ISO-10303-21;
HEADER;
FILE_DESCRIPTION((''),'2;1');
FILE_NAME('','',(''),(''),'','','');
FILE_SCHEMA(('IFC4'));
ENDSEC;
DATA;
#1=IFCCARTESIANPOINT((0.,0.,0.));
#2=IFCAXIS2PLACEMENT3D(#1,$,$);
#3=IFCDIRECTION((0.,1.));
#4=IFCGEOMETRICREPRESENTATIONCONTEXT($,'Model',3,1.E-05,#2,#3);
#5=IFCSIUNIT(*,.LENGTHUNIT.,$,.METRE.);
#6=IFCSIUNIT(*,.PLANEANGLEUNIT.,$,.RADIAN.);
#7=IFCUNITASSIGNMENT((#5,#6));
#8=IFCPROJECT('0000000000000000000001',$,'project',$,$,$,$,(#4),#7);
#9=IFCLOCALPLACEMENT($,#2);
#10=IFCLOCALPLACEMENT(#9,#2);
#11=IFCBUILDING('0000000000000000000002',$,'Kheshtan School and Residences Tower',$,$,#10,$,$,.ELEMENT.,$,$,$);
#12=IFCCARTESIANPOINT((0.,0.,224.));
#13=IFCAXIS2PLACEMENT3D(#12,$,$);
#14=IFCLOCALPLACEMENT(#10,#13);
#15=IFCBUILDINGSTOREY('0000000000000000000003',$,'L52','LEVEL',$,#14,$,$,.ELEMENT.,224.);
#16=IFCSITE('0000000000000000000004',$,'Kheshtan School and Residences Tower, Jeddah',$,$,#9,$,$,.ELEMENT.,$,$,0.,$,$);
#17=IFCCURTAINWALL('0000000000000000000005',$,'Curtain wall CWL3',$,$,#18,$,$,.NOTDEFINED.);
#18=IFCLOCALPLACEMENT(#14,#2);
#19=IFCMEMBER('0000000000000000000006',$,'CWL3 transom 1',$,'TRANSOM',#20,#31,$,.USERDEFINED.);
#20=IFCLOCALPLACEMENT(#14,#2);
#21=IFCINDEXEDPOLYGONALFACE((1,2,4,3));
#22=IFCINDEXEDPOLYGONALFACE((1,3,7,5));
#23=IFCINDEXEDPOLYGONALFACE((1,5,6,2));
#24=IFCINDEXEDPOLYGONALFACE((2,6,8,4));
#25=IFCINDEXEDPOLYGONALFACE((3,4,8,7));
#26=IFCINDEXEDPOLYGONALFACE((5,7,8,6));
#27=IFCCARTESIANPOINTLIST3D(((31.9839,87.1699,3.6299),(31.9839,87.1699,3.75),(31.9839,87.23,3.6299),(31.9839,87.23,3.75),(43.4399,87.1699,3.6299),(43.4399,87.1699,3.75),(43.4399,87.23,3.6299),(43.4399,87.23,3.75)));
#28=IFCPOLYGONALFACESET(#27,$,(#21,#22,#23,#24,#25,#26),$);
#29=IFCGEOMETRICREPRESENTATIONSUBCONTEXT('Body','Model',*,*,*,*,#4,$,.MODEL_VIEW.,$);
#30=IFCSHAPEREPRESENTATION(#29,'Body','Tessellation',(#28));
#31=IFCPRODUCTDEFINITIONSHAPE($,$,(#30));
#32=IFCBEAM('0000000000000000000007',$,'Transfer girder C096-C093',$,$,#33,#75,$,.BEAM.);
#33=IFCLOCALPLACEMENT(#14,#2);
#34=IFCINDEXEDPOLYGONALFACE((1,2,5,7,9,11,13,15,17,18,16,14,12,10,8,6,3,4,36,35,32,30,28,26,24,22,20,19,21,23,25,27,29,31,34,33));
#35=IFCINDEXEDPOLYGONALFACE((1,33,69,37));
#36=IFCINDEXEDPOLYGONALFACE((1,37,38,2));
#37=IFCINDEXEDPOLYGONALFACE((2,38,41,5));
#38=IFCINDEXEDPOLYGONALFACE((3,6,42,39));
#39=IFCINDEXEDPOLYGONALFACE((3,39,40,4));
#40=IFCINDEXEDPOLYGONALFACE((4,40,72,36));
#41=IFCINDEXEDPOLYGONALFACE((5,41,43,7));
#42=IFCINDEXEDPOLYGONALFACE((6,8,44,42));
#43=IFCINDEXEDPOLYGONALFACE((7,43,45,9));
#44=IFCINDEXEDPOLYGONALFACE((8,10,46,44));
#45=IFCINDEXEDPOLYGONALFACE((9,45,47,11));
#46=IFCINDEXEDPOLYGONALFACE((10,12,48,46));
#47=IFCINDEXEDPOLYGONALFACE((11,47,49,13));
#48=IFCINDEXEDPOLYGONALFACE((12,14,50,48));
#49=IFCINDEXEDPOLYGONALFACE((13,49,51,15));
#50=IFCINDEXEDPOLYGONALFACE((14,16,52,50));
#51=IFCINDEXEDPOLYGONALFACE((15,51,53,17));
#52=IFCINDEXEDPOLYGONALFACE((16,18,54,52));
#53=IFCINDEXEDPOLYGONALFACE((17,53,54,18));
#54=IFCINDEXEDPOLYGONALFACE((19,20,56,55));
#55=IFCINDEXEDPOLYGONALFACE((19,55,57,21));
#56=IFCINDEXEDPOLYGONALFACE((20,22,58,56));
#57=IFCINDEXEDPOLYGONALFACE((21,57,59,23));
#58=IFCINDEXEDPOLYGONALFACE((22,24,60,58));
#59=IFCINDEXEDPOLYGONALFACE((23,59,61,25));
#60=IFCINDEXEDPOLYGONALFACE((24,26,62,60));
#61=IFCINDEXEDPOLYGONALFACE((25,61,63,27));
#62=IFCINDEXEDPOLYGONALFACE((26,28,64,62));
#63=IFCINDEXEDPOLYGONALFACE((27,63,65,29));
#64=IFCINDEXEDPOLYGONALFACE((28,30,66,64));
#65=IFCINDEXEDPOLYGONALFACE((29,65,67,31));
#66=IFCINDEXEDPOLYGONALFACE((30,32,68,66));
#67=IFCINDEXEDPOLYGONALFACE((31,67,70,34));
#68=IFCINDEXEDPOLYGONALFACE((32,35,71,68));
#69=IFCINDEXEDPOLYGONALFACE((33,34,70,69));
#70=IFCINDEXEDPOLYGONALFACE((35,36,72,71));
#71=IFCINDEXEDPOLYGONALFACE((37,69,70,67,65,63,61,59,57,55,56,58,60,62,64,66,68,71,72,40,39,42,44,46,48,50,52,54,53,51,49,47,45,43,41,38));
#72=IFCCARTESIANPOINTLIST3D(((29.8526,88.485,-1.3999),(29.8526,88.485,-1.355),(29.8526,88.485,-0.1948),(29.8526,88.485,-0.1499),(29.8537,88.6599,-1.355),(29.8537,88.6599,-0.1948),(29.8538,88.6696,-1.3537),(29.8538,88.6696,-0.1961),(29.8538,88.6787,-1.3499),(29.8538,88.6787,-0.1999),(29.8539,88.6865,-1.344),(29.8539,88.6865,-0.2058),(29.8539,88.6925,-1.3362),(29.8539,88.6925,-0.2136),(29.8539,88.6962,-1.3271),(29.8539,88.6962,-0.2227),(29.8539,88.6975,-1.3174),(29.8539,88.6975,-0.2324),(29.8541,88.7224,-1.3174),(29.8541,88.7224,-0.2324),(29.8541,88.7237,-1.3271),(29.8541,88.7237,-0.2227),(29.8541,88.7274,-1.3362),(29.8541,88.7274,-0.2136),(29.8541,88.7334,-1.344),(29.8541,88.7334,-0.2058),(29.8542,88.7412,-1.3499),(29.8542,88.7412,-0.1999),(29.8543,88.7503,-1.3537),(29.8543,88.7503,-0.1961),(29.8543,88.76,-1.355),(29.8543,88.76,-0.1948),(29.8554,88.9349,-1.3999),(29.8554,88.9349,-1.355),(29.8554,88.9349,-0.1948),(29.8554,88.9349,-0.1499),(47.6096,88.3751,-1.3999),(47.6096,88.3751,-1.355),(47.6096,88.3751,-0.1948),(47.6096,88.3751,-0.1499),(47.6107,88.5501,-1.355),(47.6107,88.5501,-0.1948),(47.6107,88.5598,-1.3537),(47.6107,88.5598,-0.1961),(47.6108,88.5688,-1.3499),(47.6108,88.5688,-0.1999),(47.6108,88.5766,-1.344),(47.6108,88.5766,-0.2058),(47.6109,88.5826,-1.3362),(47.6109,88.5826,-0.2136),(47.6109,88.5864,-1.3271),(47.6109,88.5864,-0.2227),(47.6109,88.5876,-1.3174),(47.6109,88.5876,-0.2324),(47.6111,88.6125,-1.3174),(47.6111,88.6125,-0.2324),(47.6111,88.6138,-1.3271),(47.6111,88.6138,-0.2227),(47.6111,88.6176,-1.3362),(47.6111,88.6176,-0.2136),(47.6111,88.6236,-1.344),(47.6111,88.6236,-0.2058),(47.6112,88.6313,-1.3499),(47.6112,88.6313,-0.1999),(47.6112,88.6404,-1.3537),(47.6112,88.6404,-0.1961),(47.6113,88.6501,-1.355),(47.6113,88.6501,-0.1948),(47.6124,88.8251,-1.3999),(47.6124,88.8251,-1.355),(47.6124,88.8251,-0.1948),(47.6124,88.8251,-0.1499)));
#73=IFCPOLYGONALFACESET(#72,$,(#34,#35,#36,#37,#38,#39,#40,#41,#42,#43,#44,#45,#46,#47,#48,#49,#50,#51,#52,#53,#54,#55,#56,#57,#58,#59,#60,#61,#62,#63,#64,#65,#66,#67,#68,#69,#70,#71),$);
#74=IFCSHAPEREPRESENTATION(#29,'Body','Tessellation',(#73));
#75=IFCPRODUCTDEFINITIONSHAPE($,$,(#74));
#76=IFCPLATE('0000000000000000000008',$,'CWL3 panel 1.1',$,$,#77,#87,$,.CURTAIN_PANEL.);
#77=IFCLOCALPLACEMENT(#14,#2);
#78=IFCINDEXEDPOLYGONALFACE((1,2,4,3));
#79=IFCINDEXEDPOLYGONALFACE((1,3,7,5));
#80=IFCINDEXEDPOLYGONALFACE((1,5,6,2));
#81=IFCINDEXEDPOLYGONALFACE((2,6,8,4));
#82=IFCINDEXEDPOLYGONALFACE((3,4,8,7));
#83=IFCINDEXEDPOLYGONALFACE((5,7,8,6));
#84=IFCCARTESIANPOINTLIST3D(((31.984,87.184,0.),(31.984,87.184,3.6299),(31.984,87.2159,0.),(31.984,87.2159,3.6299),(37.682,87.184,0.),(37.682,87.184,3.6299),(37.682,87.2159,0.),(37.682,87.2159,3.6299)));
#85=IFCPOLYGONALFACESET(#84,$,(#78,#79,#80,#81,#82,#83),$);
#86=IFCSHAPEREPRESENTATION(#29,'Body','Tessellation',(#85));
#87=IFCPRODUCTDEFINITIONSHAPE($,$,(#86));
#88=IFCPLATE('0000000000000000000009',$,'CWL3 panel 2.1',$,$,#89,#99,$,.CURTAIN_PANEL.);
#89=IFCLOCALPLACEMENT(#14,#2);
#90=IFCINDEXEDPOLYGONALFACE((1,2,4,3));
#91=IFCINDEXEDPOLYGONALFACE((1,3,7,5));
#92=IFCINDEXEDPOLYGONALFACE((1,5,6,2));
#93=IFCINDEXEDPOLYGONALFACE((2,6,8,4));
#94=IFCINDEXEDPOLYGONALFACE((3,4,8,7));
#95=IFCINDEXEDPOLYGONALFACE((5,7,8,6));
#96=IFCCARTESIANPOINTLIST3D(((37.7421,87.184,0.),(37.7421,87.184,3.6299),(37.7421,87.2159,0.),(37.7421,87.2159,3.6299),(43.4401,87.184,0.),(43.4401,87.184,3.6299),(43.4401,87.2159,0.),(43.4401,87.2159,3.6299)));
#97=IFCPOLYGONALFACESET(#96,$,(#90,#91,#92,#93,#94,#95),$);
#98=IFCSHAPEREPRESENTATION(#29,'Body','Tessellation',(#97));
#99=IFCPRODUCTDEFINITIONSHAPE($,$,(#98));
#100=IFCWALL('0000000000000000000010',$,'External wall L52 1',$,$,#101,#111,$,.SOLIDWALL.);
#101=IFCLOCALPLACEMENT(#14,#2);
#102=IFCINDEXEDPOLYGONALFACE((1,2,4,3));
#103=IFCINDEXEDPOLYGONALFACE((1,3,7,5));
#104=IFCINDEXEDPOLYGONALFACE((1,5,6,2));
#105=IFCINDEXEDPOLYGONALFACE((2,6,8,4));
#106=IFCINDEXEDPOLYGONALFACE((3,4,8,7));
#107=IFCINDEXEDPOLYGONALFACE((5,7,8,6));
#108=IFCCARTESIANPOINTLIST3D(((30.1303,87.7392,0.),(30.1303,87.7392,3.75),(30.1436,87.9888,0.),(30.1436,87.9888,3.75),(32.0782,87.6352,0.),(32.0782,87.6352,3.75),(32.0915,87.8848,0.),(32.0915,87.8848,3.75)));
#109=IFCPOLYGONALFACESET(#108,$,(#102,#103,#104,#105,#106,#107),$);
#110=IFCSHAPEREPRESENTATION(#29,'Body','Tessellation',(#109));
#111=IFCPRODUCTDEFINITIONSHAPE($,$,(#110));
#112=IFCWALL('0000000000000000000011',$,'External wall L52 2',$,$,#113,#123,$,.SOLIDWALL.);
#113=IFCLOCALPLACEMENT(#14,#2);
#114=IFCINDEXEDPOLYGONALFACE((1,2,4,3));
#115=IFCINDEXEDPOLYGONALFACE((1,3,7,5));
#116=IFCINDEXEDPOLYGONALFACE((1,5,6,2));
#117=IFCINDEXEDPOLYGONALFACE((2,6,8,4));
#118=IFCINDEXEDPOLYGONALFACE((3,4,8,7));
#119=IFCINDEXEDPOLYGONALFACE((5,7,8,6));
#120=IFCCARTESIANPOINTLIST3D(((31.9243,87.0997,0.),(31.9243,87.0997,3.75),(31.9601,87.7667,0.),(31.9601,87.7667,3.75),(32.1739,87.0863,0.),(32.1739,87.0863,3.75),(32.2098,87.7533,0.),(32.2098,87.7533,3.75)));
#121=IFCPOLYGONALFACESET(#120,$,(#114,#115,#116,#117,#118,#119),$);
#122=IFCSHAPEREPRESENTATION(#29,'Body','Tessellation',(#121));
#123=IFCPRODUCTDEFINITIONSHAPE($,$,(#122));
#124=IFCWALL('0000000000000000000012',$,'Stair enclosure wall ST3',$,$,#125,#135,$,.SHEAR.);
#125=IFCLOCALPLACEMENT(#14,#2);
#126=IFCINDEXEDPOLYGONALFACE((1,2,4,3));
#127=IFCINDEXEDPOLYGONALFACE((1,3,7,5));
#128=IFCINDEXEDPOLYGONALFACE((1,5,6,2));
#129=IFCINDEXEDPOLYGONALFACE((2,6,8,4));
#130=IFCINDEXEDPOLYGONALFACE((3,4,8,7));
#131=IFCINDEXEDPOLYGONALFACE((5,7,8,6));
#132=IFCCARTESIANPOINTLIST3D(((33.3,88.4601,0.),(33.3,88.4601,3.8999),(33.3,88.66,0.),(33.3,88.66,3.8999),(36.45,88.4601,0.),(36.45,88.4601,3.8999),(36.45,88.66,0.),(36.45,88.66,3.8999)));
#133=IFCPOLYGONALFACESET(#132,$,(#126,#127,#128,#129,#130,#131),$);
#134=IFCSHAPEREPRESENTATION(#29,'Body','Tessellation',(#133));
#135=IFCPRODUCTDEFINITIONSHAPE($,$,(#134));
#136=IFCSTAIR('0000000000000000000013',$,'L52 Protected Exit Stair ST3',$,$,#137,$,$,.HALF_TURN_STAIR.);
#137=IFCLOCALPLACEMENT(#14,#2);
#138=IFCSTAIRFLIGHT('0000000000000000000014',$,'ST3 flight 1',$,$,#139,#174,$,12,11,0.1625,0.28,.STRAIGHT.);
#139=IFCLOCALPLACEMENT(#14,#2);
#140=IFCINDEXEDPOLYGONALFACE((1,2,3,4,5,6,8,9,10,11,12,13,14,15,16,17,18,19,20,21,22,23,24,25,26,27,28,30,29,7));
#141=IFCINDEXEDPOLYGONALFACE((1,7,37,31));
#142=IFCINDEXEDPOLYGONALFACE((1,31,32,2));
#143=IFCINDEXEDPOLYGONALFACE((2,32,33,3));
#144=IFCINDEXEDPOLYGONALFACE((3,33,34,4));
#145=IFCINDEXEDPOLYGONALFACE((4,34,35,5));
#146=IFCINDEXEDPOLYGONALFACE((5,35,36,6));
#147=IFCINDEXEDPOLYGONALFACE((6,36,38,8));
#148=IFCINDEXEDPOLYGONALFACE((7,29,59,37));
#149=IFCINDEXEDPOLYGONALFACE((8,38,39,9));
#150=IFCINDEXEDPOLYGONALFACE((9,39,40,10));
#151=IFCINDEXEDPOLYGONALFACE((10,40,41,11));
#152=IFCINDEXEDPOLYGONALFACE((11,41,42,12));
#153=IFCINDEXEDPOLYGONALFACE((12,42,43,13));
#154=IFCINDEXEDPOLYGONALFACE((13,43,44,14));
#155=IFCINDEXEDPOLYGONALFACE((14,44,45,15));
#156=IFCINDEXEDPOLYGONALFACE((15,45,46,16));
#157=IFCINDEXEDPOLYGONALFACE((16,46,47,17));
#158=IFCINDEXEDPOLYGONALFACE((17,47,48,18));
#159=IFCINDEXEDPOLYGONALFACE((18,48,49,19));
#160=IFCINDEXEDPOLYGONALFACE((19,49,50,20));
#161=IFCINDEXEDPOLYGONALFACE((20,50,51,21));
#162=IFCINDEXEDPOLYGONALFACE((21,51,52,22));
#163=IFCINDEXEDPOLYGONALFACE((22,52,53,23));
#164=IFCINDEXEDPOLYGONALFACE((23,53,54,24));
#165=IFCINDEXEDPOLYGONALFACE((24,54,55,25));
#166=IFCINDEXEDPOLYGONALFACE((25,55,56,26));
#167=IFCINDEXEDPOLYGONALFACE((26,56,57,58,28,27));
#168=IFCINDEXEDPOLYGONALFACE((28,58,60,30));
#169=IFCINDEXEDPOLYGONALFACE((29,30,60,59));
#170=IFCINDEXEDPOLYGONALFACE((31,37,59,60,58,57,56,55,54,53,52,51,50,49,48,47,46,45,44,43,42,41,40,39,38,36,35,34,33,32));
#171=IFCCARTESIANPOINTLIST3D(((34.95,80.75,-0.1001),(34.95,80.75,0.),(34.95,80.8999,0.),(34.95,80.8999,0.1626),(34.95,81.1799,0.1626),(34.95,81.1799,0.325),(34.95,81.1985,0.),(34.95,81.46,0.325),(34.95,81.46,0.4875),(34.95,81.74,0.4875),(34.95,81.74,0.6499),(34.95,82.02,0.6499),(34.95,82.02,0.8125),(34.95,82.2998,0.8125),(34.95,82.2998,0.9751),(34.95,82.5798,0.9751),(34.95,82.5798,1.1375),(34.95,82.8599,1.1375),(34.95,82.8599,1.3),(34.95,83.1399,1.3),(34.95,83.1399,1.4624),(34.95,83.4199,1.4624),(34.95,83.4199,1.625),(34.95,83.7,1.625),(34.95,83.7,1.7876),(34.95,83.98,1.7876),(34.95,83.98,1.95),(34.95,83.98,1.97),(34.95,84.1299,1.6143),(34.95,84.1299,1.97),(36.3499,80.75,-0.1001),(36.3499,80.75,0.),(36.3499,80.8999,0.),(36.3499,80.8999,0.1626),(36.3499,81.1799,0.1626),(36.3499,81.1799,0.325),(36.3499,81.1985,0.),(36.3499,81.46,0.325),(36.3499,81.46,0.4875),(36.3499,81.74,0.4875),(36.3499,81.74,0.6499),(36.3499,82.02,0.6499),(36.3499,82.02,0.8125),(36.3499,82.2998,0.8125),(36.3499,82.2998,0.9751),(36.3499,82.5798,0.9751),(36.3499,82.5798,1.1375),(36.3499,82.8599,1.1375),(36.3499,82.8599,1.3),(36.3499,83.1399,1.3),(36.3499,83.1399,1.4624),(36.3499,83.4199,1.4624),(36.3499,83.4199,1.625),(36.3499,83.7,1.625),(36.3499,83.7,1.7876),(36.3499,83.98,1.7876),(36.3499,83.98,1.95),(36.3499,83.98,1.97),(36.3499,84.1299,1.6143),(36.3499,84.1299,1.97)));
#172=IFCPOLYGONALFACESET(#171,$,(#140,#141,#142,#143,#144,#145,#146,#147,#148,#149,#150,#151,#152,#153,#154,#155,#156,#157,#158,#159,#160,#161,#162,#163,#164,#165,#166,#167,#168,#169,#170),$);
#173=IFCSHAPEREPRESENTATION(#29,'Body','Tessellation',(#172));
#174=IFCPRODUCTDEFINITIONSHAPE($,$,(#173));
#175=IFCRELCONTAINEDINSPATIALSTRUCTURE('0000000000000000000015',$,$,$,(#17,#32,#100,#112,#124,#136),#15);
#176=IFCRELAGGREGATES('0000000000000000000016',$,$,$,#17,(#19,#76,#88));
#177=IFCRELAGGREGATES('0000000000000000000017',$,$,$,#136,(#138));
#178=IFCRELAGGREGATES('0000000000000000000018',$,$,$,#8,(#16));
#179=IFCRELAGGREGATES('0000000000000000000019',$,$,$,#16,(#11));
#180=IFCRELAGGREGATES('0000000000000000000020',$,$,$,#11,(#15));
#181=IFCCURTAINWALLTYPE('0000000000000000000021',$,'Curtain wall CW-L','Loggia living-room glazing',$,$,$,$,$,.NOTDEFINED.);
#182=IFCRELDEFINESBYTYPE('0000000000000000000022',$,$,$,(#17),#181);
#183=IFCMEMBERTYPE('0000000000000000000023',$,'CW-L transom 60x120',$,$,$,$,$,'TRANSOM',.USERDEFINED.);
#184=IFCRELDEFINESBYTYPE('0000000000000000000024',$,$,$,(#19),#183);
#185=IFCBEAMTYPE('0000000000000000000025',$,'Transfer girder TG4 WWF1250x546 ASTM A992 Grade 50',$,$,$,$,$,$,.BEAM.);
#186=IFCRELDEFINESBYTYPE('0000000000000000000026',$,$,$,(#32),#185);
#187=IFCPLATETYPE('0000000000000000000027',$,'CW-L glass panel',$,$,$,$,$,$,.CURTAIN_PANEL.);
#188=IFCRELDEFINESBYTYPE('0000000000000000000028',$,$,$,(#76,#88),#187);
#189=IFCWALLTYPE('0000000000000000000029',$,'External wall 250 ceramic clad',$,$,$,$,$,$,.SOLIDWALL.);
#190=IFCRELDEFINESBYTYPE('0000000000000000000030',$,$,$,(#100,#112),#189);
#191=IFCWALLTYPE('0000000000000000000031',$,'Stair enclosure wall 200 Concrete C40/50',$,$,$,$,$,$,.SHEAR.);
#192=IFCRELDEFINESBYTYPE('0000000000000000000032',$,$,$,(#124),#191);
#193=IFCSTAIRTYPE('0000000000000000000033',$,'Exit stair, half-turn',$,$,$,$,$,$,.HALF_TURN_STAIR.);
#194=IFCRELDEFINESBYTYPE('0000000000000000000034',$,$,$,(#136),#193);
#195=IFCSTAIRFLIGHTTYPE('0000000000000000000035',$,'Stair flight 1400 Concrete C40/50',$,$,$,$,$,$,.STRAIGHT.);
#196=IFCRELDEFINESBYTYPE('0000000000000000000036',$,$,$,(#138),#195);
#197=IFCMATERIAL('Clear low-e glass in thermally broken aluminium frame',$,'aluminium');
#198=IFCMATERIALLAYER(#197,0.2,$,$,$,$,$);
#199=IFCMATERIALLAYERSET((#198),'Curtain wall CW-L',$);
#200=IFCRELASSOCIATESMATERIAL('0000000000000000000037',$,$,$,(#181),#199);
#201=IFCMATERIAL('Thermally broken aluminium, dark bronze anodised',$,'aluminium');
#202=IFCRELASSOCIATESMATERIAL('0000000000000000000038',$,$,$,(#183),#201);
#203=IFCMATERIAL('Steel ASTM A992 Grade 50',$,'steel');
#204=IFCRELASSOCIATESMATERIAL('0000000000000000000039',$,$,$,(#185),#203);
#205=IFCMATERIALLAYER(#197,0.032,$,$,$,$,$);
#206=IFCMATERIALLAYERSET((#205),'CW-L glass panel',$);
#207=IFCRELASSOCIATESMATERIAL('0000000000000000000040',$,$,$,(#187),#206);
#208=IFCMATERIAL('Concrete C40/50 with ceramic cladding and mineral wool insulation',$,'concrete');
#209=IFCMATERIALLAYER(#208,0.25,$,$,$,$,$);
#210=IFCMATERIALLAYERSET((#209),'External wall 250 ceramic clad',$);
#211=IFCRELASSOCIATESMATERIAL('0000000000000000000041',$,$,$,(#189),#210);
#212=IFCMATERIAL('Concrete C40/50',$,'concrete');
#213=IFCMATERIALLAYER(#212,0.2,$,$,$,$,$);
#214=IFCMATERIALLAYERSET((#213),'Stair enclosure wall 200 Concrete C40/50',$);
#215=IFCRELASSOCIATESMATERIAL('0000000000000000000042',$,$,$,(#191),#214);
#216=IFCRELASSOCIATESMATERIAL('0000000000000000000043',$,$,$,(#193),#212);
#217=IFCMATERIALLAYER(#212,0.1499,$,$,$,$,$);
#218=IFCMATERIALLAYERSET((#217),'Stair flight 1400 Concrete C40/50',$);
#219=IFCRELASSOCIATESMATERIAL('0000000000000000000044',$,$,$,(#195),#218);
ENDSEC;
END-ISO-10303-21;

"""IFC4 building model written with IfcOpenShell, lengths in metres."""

from ifc_helpers import new_model, si_unit, direction, frame, frame_2d, origin, origin_2d, place, context, subcontext, project, spatial, polyline, rectangle, i_section, outline, extrude, material, layer, layer_set, material_profile, profile_set, type_object, element, aggregate, save


model = new_model("IFC4")

# Units and contexts
model_context = context("Model", 3, precision=1e-05, world=origin(), true_north=direction((0.0, 1.0)))
body_context = subcontext(model_context, "Body", "Model", "MODEL_VIEW")
ifc_project = project(units=[si_unit("LENGTHUNIT", "METRE"), si_unit("PLANEANGLEUNIT", "RADIAN")], contexts=[model_context])

# Site, building, storey
site_placement = place(None, origin())
site = spatial("IfcSite", under=ifc_project, at=site_placement, Name="Kheshtan School and Residences Tower, Jeddah", CompositionType="ELEMENT", RefElevation=0.0)
building_placement = place(site_placement, origin())
building = spatial("IfcBuilding", under=site, at=building_placement, Name="Kheshtan School and Residences Tower", CompositionType="ELEMENT")
storey_placement = place(building_placement, frame((0.0, 0.0, 224.0)))
storey = spatial("IfcBuildingStorey", under=building, at=storey_placement, Name="L52", Description="LEVEL", CompositionType="ELEMENT", Elevation=224.0)

# Shared definitions
ifc_material_1 = material(Name="Steel ASTM A992 Grade 50", Category="steel")

# Curtain wall, member
ifc_material_2 = material(Name="Clear low-e glass in thermally broken aluminium frame", Category="aluminium")
ifc_layer_1 = layer(ifc_material_2, 0.2)
ifc_layer_set_1 = layer_set([ifc_layer_1], Name="Curtain wall CW-L")
curtain_wall_type = type_object("IfcCurtainWallType", Name="Curtain wall CW-L", Description="Loggia living-room glazing", PredefinedType="NOTDEFINED", material=ifc_layer_set_1)
curtain_wall_placement = place(storey_placement, origin())
curtain_wall = element("IfcCurtainWall", 1, at=curtain_wall_placement, inside=storey, type_object=curtain_wall_type, Name="Curtain wall CWL3", PredefinedType="NOTDEFINED")
ifc_material_3 = material(Name="Thermally broken aluminium, dark bronze anodised", Category="aluminium")
ifc_material_profile_1 = material_profile(ifc_material_3, rectangle(XDim=0.0601, YDim=0.1201, at=origin_2d()), Name="CW-L transom 60x120")
ifc_profile_set_1 = profile_set([ifc_material_profile_1], Name="Thermally broken aluminium, dark bronze anodised")
member_type_1 = type_object("IfcMemberType", Name="CW-L transom 60x120", ElementType="TRANSOM", PredefinedType="USERDEFINED", material=ifc_profile_set_1)
member_1_placement = place(storey_placement, frame((31.9839, 87.2, 3.6899), z_axis=(1.0, 0.0, 0.0), x_axis=(0.0, 1.0, 0.0)))
member_1 = element("IfcMember", 2, at=member_1_placement, type_object=member_type_1, Name="CWL3 transom 1", ObjectType="TRANSOM", PredefinedType="USERDEFINED", context=body_context, shape_type="SweptSolid", body=[
    extrude(rectangle(XDim=0.0601, YDim=0.1201, at=origin_2d()), origin(), (0.0, 0.0, 1.0), 11.4561),
])

# Beam
ifc_material_profile_2 = material_profile(ifc_material_1, i_section(OverallWidth=0.45, OverallDepth=1.25, WebThickness=0.0249, FlangeThickness=0.0449, FilletRadius=0.0376, at=origin_2d()), Name="WWF1250x546")
ifc_profile_set_2 = profile_set([ifc_material_profile_2], Name="Steel ASTM A992 Grade 50")
beam_type_1 = type_object("IfcBeamType", Name="Transfer girder TG4 WWF1250x546 ASTM A992 Grade 50", PredefinedType="BEAM", material=ifc_profile_set_2)
beam_1_placement = place(storey_placement, frame((29.854, 88.71, -0.7749), z_axis=(0.999981, -0.006187, 0.0), x_axis=(0.006187, 0.999981, 0.0)))
element("IfcBeam", 3, at=beam_1_placement, inside=storey, type_object=beam_type_1, Name="Transfer girder C096-C093", PredefinedType="BEAM", context=body_context, shape_type="SweptSolid", body=[
    extrude(i_section(OverallWidth=0.45, OverallDepth=1.25, WebThickness=0.0249, FlangeThickness=0.0449, FilletRadius=0.0376, at=origin_2d()), origin(), (0.0, 0.0, 1.0), 17.7573),
])

# Plates
ifc_layer_2 = layer(ifc_material_2, 0.032)
ifc_layer_set_2 = layer_set([ifc_layer_2], Name="CW-L glass panel")
plate_type = type_object("IfcPlateType", Name="CW-L glass panel", PredefinedType="CURTAIN_PANEL", material=ifc_layer_set_2)
plate_1_placement = place(storey_placement, frame((34.833, 87.2, 0.0), z_axis=(0.0, 0.0, 1.0), x_axis=(1.0, 0.0, 0.0)))
plate_1 = element("IfcPlate", 4, at=plate_1_placement, type_object=plate_type, Name="CWL3 panel 1.1", PredefinedType="CURTAIN_PANEL", context=body_context, shape_type="SweptSolid", body=[
    extrude(rectangle(XDim=5.698, YDim=0.032, at=origin_2d()), origin(), (0.0, 0.0, 1.0), 3.6299),
])
plate_2_placement = place(storey_placement, frame((40.5911, 87.2, 0.0), z_axis=(0.0, 0.0, 1.0), x_axis=(1.0, 0.0, 0.0)))
plate_2 = element("IfcPlate", 5, at=plate_2_placement, type_object=plate_type, Name="CWL3 panel 2.1", PredefinedType="CURTAIN_PANEL", context=body_context, shape_type="SweptSolid", body=[
    extrude(rectangle(XDim=5.698, YDim=0.032, at=origin_2d()), origin(), (0.0, 0.0, 1.0), 3.6299),
])
aggregate(curtain_wall, [member_1, plate_1, plate_2])

# Walls
ifc_material_4 = material(Name="Concrete C40/50 with ceramic cladding and mineral wool insulation", Category="concrete")
ifc_layer_3 = layer(ifc_material_4, 0.25)
ifc_layer_set_3 = layer_set([ifc_layer_3], Name="External wall 250 ceramic clad")
wall_type_1 = type_object("IfcWallType", Name="External wall 250 ceramic clad", PredefinedType="SOLIDWALL", material=ifc_layer_set_3)
wall_1_placement = place(storey_placement, frame((30.137, 87.864, 0.0), z_axis=(0.0, 0.0, 1.0), x_axis=(0.998578, -0.053314, 0.0)))
element("IfcWall", 6, at=wall_1_placement, inside=storey, type_object=wall_type_1, Name="External wall L52 1", PredefinedType="SOLIDWALL", context=body_context, shape_type="SweptSolid", body=[
    extrude(rectangle(XDim=1.9507, YDim=0.25, at=frame_2d((0.9753, 0.0))), origin(), (0.0, 0.0, 1.0), 3.75),
])
wall_2_placement = place(storey_placement, frame((32.085, 87.76, 0.0), z_axis=(0.0, 0.0, 1.0), x_axis=(-0.053729, -0.998556, 0.0)))
element("IfcWall", 7, at=wall_2_placement, inside=storey, type_object=wall_type_1, Name="External wall L52 2", PredefinedType="SOLIDWALL", context=body_context, shape_type="SweptSolid", body=[
    extrude(rectangle(XDim=0.668, YDim=0.25, at=frame_2d((0.334, 0.0))), origin(), (0.0, 0.0, 1.0), 3.75),
])

# Wall
ifc_material_5 = material(Name="Concrete C40/50", Category="concrete")
ifc_layer_4 = layer(ifc_material_5, 0.2)
ifc_layer_set_4 = layer_set([ifc_layer_4], Name="Stair enclosure wall 200 Concrete C40/50")
wall_type_2 = type_object("IfcWallType", Name="Stair enclosure wall 200 Concrete C40/50", PredefinedType="SHEAR", material=ifc_layer_set_4)
wall_3_placement = place(storey_placement, frame((33.3, 88.5601, 0.0), z_axis=(0.0, 0.0, 1.0), x_axis=(1.0, 0.0, 0.0)))
element("IfcWall", 8, at=wall_3_placement, inside=storey, type_object=wall_type_2, Name="Stair enclosure wall ST3", PredefinedType="SHEAR", context=body_context, shape_type="SweptSolid", body=[
    extrude(rectangle(XDim=3.1499, YDim=0.2, at=frame_2d((1.575, 0.0))), origin(), (0.0, 0.0, 1.0), 3.8999),
])

# Stair, stair flight
stair_type = type_object("IfcStairType", Name="Exit stair, half-turn", PredefinedType="HALF_TURN_STAIR", material=ifc_material_5)
stair_placement = place(storey_placement, origin())
stair = element("IfcStair", 9, at=stair_placement, inside=storey, type_object=stair_type, Name="L52 Protected Exit Stair ST3", PredefinedType="HALF_TURN_STAIR")
ifc_layer_5 = layer(ifc_material_5, 0.1499)
ifc_layer_set_5 = layer_set([ifc_layer_5], Name="Stair flight 1400 Concrete C40/50")
stair_flight_type = type_object("IfcStairFlightType", Name="Stair flight 1400 Concrete C40/50", PredefinedType="STRAIGHT", material=ifc_layer_set_5)
stair_flight_1_placement = place(storey_placement, frame((35.6499, 80.8999, 0.0), z_axis=(0.0, 0.0, 1.0), x_axis=(0.0, 1.0, 0.0)))
stair_flight_1 = element("IfcStairFlight", 10, at=stair_flight_1_placement, type_object=stair_flight_type, Name="ST3 flight 1", NumberOfRisers=12, NumberOfTreads=11, PredefinedType="STRAIGHT", RiserHeight=0.1625, TreadLength=0.28, context=body_context, shape_type="SweptSolid", body=[
    extrude(outline(polyline([(-0.1499, -0.1001), (-0.1499, 0.0), (0.0, 0.0), (0.0, 0.1626), (0.28, 0.1626), (0.28, 0.325), (0.5601, 0.325), (0.5601, 0.4875), (0.8401, 0.4875), (0.8401, 0.6499), (1.1201, 0.6499), (1.1201, 0.8125), (1.3999, 0.8125), (1.3999, 0.9751), (1.6799, 0.9751), (1.6799, 1.1375), (1.96, 1.1375), (1.96, 1.3), (2.24, 1.3), (2.24, 1.4624), (2.52, 1.4624), (2.52, 1.625), (2.8, 1.625), (2.8, 1.7876), (3.0801, 1.7876), (3.0801, 1.95), (3.0801, 1.97), (3.23, 1.97), (3.23, 1.6143), (0.2986, 0.0), (-0.1499, -0.1001)])), frame((0.0, 0.7, 0.0), z_axis=(0.0, -1.0, 0.0), x_axis=(1.0, 0.0, 0.0)), (0.0, 0.0, 1.0), 1.3999),
])
aggregate(stair, [stair_flight_1])

save(model, "model.ifc")
